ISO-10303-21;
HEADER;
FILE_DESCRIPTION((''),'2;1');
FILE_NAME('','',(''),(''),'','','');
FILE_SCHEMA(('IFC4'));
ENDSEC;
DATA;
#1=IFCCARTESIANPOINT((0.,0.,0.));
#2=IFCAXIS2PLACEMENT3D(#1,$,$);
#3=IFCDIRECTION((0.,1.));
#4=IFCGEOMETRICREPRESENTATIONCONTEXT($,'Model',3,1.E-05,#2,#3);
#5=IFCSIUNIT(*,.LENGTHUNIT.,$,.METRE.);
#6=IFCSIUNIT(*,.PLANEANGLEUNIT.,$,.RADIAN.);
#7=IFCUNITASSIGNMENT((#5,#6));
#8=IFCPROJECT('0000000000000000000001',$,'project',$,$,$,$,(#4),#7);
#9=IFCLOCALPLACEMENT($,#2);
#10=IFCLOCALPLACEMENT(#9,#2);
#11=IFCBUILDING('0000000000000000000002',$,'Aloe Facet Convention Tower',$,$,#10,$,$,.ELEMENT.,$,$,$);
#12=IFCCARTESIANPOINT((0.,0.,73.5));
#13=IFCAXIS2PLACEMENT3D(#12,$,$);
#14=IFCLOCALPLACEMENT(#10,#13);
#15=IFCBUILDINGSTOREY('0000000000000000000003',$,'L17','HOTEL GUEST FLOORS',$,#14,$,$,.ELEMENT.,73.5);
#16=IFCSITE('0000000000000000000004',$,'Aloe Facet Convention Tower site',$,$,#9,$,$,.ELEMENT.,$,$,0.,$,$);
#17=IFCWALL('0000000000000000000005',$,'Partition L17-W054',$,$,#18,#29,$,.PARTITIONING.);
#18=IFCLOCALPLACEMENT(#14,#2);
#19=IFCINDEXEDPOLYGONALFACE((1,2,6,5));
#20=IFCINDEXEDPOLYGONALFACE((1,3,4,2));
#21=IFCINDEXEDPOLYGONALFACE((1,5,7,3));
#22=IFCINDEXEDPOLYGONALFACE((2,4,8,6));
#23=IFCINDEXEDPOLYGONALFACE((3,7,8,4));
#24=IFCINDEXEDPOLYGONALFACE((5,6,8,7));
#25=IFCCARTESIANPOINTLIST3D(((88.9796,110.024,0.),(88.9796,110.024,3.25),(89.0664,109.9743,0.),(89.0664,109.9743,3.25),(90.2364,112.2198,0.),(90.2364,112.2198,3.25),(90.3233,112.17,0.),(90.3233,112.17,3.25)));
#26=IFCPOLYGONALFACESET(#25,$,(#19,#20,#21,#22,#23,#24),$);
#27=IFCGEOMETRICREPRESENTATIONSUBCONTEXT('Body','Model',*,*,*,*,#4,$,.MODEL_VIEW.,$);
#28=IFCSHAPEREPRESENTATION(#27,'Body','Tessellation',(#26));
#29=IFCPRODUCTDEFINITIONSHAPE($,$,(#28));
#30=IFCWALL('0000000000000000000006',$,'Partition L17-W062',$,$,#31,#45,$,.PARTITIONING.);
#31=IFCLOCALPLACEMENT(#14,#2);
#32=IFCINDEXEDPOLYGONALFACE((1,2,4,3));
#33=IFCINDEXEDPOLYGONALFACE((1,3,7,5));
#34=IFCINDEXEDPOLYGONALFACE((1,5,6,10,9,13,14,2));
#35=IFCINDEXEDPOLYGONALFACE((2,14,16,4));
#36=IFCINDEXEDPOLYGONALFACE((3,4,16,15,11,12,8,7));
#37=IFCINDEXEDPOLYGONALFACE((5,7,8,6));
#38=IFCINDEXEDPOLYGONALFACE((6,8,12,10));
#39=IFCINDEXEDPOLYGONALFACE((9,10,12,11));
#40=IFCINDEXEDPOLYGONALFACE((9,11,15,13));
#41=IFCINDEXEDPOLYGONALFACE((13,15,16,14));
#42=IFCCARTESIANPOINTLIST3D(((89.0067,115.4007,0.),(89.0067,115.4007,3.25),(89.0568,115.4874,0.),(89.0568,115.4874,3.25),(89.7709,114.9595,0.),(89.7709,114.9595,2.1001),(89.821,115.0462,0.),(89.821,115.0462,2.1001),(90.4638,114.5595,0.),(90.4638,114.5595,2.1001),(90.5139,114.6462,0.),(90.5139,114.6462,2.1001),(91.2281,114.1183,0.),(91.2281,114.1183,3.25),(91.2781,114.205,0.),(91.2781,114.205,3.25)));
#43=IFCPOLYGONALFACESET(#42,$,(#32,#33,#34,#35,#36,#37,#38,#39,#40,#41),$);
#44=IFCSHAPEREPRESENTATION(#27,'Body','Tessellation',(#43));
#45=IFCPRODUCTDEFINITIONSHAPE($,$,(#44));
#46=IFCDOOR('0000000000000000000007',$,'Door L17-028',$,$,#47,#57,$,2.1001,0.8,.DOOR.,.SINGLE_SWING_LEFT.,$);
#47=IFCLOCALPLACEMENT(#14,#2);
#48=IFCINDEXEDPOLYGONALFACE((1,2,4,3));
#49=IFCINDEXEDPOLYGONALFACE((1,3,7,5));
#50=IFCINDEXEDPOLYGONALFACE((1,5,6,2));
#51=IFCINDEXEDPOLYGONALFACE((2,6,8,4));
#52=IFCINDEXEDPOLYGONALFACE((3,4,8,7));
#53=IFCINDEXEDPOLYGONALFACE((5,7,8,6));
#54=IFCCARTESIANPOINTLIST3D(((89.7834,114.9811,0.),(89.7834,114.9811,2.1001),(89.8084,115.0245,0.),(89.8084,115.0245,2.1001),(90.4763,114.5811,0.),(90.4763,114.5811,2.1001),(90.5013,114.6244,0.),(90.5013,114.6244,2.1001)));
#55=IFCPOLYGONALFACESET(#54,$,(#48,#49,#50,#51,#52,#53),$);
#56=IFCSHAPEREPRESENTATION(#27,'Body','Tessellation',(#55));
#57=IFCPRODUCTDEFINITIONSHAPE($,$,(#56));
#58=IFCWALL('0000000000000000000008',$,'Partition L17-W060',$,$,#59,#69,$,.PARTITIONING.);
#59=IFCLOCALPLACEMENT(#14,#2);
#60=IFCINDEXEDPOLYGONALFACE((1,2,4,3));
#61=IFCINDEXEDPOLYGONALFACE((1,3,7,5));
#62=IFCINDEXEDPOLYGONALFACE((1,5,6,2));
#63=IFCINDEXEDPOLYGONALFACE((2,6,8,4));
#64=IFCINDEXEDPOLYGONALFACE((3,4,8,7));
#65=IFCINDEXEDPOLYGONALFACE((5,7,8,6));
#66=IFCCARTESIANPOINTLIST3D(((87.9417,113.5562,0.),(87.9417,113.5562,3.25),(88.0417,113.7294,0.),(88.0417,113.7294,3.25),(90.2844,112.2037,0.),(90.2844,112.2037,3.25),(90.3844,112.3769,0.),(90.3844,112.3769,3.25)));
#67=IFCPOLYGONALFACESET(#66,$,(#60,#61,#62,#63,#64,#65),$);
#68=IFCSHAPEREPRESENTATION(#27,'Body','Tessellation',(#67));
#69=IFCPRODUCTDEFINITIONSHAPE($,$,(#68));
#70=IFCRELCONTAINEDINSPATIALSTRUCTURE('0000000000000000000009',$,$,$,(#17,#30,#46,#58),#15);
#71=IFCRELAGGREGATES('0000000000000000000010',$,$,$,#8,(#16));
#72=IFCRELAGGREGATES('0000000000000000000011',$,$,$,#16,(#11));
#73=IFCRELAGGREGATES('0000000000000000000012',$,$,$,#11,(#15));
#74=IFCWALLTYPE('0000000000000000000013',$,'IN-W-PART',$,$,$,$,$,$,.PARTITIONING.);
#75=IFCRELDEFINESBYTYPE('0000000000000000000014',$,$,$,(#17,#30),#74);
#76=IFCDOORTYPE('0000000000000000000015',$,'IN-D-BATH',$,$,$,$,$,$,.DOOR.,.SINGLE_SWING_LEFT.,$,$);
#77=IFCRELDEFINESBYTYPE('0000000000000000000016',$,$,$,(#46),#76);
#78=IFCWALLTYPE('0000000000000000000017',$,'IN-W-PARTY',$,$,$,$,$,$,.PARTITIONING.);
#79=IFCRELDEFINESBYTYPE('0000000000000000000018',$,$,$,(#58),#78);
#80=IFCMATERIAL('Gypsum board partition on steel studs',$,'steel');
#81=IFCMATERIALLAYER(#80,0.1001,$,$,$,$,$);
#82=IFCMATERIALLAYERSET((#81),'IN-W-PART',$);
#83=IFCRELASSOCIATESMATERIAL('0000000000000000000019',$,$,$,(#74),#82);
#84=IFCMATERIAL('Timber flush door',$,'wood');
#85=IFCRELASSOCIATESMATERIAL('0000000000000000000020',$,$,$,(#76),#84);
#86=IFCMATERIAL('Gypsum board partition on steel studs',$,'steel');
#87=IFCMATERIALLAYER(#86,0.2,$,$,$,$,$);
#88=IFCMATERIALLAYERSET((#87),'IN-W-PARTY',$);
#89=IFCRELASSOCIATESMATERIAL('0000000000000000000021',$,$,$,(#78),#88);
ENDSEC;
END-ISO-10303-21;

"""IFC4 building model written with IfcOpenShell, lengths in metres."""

from ifc_helpers import new_model, si_unit, direction, frame, frame_2d, origin, place, context, subcontext, project, spatial, rectangle, extrude, material, layer, layer_set, type_object, element, fill, save


model = new_model("IFC4")

# Units and contexts
model_context = context("Model", 3, precision=1e-05, world=origin(), true_north=direction((0.0, 1.0)))
body_context = subcontext(model_context, "Body", "Model", "MODEL_VIEW")
ifc_project = project(units=[si_unit("LENGTHUNIT", "METRE"), si_unit("PLANEANGLEUNIT", "RADIAN")], contexts=[model_context])

# Site, building, storey
site_placement = place(None, origin())
site = spatial("IfcSite", under=ifc_project, at=site_placement, Name="Aloe Facet Convention Tower site", CompositionType="ELEMENT", RefElevation=0.0)
building_placement = place(site_placement, origin())
building = spatial("IfcBuilding", under=site, at=building_placement, Name="Aloe Facet Convention Tower", CompositionType="ELEMENT")
storey_placement = place(building_placement, frame((0.0, 0.0, 73.5)))
storey = spatial("IfcBuildingStorey", under=building, at=storey_placement, Name="L17", Description="HOTEL GUEST FLOORS", CompositionType="ELEMENT", Elevation=73.5)

# Shared definitions
ifc_material_1 = material(Name="Gypsum board partition on steel studs", Category="steel")
ifc_layer_1 = layer(ifc_material_1, 0.1001)
ifc_layer_set_1 = layer_set([ifc_layer_1], Name="IN-W-PART")
wall_type_1 = type_object("IfcWallType", Name="IN-W-PART", PredefinedType="PARTITIONING", material=ifc_layer_set_1)
ifc_material_2 = material(Name="Timber flush door", Category="wood")
door_type_1 = type_object("IfcDoorType", Name="IN-D-BATH", OperationType="SINGLE_SWING_LEFT", PredefinedType="DOOR", material=ifc_material_2)

# Wall
wall_1_placement = place(storey_placement, frame((89.0229, 109.999, 0.0), z_axis=(0.0, 0.0, 1.0), x_axis=(0.496762, 0.867887, 0.0)))
element("IfcWall", 1, at=wall_1_placement, inside=storey, type_object=wall_type_1, Name="Partition L17-W054", PredefinedType="PARTITIONING", context=body_context, shape_type="SweptSolid", body=[
    extrude(rectangle(XDim=2.53, YDim=0.1001, at=frame_2d((1.2651, 0.0))), origin(), (0.0, 0.0, 1.0), 3.25),
])

# Wall, opening, door
wall_2_placement = place(storey_placement, frame((89.0317, 115.4441, 0.0), z_axis=(0.0, 0.0, 1.0), x_axis=(0.866038, -0.499978, 0.0)))
wall_2 = element("IfcWall", 2, at=wall_2_placement, inside=storey, type_object=wall_type_1, Name="Partition L17-W062", PredefinedType="PARTITIONING", context=body_context, shape_type="SweptSolid", body=[
    extrude(rectangle(XDim=2.5649, YDim=0.1001, at=frame_2d((1.2825, 0.0))), origin(), (0.0, 0.0, 1.0), 3.25),
])
opening_1_placement = place(wall_2_placement, frame((0.8826, 0.0, 0.0)))
opening_1 = element("IfcOpeningElement", 3, at=opening_1_placement, cuts=wall_2, PredefinedType="OPENING", context=body_context, shape_type="SweptSolid", body=[
    extrude(rectangle(XDim=0.8, YDim=2.1001, at=frame_2d((0.3999, 1.05))), frame((0.0, 0.0601, 0.0), z_axis=(0.0, -1.0, 0.0), x_axis=(1.0, 0.0, 0.0)), (0.0, 0.0, 1.0), 0.1201),
])
door_1_placement = place(opening_1_placement, origin())
door_1 = element("IfcDoor", 4, at=door_1_placement, inside=storey, type_object=door_type_1, Name="Door L17-028", OperationType="SINGLE_SWING_LEFT", OverallHeight=2.1001, OverallWidth=0.8, PredefinedType="DOOR", context=body_context, shape_type="SweptSolid", body=[
    extrude(rectangle(XDim=0.8, YDim=2.1001, at=frame_2d((0.3999, 1.05))), frame((0.0, 0.0249, 0.0), z_axis=(0.0, -1.0, 0.0), x_axis=(1.0, 0.0, 0.0)), (0.0, 0.0, 1.0), 0.05),
])
fill(opening_1, door_1)

# Wall
ifc_material_3 = material(Name="Gypsum board partition on steel studs", Category="steel")
ifc_layer_2 = layer(ifc_material_3, 0.2)
ifc_layer_set_2 = layer_set([ifc_layer_2], Name="IN-W-PARTY")
wall_type_2 = type_object("IfcWallType", Name="IN-W-PARTY", PredefinedType="PARTITIONING", material=ifc_layer_set_2)
wall_3_placement = place(storey_placement, frame((87.9917, 113.6428, 0.0), z_axis=(0.0, 0.0, 1.0), x_axis=(0.866035, -0.499983, 0.0)))
element("IfcWall", 5, at=wall_3_placement, inside=storey, type_object=wall_type_2, Name="Partition L17-W060", PredefinedType="PARTITIONING", context=body_context, shape_type="SweptSolid", body=[
    extrude(rectangle(XDim=2.7051, YDim=0.2, at=frame_2d((1.3525, 0.0))), origin(), (0.0, 0.0, 1.0), 3.25),
])

save(model, "model.ifc")
